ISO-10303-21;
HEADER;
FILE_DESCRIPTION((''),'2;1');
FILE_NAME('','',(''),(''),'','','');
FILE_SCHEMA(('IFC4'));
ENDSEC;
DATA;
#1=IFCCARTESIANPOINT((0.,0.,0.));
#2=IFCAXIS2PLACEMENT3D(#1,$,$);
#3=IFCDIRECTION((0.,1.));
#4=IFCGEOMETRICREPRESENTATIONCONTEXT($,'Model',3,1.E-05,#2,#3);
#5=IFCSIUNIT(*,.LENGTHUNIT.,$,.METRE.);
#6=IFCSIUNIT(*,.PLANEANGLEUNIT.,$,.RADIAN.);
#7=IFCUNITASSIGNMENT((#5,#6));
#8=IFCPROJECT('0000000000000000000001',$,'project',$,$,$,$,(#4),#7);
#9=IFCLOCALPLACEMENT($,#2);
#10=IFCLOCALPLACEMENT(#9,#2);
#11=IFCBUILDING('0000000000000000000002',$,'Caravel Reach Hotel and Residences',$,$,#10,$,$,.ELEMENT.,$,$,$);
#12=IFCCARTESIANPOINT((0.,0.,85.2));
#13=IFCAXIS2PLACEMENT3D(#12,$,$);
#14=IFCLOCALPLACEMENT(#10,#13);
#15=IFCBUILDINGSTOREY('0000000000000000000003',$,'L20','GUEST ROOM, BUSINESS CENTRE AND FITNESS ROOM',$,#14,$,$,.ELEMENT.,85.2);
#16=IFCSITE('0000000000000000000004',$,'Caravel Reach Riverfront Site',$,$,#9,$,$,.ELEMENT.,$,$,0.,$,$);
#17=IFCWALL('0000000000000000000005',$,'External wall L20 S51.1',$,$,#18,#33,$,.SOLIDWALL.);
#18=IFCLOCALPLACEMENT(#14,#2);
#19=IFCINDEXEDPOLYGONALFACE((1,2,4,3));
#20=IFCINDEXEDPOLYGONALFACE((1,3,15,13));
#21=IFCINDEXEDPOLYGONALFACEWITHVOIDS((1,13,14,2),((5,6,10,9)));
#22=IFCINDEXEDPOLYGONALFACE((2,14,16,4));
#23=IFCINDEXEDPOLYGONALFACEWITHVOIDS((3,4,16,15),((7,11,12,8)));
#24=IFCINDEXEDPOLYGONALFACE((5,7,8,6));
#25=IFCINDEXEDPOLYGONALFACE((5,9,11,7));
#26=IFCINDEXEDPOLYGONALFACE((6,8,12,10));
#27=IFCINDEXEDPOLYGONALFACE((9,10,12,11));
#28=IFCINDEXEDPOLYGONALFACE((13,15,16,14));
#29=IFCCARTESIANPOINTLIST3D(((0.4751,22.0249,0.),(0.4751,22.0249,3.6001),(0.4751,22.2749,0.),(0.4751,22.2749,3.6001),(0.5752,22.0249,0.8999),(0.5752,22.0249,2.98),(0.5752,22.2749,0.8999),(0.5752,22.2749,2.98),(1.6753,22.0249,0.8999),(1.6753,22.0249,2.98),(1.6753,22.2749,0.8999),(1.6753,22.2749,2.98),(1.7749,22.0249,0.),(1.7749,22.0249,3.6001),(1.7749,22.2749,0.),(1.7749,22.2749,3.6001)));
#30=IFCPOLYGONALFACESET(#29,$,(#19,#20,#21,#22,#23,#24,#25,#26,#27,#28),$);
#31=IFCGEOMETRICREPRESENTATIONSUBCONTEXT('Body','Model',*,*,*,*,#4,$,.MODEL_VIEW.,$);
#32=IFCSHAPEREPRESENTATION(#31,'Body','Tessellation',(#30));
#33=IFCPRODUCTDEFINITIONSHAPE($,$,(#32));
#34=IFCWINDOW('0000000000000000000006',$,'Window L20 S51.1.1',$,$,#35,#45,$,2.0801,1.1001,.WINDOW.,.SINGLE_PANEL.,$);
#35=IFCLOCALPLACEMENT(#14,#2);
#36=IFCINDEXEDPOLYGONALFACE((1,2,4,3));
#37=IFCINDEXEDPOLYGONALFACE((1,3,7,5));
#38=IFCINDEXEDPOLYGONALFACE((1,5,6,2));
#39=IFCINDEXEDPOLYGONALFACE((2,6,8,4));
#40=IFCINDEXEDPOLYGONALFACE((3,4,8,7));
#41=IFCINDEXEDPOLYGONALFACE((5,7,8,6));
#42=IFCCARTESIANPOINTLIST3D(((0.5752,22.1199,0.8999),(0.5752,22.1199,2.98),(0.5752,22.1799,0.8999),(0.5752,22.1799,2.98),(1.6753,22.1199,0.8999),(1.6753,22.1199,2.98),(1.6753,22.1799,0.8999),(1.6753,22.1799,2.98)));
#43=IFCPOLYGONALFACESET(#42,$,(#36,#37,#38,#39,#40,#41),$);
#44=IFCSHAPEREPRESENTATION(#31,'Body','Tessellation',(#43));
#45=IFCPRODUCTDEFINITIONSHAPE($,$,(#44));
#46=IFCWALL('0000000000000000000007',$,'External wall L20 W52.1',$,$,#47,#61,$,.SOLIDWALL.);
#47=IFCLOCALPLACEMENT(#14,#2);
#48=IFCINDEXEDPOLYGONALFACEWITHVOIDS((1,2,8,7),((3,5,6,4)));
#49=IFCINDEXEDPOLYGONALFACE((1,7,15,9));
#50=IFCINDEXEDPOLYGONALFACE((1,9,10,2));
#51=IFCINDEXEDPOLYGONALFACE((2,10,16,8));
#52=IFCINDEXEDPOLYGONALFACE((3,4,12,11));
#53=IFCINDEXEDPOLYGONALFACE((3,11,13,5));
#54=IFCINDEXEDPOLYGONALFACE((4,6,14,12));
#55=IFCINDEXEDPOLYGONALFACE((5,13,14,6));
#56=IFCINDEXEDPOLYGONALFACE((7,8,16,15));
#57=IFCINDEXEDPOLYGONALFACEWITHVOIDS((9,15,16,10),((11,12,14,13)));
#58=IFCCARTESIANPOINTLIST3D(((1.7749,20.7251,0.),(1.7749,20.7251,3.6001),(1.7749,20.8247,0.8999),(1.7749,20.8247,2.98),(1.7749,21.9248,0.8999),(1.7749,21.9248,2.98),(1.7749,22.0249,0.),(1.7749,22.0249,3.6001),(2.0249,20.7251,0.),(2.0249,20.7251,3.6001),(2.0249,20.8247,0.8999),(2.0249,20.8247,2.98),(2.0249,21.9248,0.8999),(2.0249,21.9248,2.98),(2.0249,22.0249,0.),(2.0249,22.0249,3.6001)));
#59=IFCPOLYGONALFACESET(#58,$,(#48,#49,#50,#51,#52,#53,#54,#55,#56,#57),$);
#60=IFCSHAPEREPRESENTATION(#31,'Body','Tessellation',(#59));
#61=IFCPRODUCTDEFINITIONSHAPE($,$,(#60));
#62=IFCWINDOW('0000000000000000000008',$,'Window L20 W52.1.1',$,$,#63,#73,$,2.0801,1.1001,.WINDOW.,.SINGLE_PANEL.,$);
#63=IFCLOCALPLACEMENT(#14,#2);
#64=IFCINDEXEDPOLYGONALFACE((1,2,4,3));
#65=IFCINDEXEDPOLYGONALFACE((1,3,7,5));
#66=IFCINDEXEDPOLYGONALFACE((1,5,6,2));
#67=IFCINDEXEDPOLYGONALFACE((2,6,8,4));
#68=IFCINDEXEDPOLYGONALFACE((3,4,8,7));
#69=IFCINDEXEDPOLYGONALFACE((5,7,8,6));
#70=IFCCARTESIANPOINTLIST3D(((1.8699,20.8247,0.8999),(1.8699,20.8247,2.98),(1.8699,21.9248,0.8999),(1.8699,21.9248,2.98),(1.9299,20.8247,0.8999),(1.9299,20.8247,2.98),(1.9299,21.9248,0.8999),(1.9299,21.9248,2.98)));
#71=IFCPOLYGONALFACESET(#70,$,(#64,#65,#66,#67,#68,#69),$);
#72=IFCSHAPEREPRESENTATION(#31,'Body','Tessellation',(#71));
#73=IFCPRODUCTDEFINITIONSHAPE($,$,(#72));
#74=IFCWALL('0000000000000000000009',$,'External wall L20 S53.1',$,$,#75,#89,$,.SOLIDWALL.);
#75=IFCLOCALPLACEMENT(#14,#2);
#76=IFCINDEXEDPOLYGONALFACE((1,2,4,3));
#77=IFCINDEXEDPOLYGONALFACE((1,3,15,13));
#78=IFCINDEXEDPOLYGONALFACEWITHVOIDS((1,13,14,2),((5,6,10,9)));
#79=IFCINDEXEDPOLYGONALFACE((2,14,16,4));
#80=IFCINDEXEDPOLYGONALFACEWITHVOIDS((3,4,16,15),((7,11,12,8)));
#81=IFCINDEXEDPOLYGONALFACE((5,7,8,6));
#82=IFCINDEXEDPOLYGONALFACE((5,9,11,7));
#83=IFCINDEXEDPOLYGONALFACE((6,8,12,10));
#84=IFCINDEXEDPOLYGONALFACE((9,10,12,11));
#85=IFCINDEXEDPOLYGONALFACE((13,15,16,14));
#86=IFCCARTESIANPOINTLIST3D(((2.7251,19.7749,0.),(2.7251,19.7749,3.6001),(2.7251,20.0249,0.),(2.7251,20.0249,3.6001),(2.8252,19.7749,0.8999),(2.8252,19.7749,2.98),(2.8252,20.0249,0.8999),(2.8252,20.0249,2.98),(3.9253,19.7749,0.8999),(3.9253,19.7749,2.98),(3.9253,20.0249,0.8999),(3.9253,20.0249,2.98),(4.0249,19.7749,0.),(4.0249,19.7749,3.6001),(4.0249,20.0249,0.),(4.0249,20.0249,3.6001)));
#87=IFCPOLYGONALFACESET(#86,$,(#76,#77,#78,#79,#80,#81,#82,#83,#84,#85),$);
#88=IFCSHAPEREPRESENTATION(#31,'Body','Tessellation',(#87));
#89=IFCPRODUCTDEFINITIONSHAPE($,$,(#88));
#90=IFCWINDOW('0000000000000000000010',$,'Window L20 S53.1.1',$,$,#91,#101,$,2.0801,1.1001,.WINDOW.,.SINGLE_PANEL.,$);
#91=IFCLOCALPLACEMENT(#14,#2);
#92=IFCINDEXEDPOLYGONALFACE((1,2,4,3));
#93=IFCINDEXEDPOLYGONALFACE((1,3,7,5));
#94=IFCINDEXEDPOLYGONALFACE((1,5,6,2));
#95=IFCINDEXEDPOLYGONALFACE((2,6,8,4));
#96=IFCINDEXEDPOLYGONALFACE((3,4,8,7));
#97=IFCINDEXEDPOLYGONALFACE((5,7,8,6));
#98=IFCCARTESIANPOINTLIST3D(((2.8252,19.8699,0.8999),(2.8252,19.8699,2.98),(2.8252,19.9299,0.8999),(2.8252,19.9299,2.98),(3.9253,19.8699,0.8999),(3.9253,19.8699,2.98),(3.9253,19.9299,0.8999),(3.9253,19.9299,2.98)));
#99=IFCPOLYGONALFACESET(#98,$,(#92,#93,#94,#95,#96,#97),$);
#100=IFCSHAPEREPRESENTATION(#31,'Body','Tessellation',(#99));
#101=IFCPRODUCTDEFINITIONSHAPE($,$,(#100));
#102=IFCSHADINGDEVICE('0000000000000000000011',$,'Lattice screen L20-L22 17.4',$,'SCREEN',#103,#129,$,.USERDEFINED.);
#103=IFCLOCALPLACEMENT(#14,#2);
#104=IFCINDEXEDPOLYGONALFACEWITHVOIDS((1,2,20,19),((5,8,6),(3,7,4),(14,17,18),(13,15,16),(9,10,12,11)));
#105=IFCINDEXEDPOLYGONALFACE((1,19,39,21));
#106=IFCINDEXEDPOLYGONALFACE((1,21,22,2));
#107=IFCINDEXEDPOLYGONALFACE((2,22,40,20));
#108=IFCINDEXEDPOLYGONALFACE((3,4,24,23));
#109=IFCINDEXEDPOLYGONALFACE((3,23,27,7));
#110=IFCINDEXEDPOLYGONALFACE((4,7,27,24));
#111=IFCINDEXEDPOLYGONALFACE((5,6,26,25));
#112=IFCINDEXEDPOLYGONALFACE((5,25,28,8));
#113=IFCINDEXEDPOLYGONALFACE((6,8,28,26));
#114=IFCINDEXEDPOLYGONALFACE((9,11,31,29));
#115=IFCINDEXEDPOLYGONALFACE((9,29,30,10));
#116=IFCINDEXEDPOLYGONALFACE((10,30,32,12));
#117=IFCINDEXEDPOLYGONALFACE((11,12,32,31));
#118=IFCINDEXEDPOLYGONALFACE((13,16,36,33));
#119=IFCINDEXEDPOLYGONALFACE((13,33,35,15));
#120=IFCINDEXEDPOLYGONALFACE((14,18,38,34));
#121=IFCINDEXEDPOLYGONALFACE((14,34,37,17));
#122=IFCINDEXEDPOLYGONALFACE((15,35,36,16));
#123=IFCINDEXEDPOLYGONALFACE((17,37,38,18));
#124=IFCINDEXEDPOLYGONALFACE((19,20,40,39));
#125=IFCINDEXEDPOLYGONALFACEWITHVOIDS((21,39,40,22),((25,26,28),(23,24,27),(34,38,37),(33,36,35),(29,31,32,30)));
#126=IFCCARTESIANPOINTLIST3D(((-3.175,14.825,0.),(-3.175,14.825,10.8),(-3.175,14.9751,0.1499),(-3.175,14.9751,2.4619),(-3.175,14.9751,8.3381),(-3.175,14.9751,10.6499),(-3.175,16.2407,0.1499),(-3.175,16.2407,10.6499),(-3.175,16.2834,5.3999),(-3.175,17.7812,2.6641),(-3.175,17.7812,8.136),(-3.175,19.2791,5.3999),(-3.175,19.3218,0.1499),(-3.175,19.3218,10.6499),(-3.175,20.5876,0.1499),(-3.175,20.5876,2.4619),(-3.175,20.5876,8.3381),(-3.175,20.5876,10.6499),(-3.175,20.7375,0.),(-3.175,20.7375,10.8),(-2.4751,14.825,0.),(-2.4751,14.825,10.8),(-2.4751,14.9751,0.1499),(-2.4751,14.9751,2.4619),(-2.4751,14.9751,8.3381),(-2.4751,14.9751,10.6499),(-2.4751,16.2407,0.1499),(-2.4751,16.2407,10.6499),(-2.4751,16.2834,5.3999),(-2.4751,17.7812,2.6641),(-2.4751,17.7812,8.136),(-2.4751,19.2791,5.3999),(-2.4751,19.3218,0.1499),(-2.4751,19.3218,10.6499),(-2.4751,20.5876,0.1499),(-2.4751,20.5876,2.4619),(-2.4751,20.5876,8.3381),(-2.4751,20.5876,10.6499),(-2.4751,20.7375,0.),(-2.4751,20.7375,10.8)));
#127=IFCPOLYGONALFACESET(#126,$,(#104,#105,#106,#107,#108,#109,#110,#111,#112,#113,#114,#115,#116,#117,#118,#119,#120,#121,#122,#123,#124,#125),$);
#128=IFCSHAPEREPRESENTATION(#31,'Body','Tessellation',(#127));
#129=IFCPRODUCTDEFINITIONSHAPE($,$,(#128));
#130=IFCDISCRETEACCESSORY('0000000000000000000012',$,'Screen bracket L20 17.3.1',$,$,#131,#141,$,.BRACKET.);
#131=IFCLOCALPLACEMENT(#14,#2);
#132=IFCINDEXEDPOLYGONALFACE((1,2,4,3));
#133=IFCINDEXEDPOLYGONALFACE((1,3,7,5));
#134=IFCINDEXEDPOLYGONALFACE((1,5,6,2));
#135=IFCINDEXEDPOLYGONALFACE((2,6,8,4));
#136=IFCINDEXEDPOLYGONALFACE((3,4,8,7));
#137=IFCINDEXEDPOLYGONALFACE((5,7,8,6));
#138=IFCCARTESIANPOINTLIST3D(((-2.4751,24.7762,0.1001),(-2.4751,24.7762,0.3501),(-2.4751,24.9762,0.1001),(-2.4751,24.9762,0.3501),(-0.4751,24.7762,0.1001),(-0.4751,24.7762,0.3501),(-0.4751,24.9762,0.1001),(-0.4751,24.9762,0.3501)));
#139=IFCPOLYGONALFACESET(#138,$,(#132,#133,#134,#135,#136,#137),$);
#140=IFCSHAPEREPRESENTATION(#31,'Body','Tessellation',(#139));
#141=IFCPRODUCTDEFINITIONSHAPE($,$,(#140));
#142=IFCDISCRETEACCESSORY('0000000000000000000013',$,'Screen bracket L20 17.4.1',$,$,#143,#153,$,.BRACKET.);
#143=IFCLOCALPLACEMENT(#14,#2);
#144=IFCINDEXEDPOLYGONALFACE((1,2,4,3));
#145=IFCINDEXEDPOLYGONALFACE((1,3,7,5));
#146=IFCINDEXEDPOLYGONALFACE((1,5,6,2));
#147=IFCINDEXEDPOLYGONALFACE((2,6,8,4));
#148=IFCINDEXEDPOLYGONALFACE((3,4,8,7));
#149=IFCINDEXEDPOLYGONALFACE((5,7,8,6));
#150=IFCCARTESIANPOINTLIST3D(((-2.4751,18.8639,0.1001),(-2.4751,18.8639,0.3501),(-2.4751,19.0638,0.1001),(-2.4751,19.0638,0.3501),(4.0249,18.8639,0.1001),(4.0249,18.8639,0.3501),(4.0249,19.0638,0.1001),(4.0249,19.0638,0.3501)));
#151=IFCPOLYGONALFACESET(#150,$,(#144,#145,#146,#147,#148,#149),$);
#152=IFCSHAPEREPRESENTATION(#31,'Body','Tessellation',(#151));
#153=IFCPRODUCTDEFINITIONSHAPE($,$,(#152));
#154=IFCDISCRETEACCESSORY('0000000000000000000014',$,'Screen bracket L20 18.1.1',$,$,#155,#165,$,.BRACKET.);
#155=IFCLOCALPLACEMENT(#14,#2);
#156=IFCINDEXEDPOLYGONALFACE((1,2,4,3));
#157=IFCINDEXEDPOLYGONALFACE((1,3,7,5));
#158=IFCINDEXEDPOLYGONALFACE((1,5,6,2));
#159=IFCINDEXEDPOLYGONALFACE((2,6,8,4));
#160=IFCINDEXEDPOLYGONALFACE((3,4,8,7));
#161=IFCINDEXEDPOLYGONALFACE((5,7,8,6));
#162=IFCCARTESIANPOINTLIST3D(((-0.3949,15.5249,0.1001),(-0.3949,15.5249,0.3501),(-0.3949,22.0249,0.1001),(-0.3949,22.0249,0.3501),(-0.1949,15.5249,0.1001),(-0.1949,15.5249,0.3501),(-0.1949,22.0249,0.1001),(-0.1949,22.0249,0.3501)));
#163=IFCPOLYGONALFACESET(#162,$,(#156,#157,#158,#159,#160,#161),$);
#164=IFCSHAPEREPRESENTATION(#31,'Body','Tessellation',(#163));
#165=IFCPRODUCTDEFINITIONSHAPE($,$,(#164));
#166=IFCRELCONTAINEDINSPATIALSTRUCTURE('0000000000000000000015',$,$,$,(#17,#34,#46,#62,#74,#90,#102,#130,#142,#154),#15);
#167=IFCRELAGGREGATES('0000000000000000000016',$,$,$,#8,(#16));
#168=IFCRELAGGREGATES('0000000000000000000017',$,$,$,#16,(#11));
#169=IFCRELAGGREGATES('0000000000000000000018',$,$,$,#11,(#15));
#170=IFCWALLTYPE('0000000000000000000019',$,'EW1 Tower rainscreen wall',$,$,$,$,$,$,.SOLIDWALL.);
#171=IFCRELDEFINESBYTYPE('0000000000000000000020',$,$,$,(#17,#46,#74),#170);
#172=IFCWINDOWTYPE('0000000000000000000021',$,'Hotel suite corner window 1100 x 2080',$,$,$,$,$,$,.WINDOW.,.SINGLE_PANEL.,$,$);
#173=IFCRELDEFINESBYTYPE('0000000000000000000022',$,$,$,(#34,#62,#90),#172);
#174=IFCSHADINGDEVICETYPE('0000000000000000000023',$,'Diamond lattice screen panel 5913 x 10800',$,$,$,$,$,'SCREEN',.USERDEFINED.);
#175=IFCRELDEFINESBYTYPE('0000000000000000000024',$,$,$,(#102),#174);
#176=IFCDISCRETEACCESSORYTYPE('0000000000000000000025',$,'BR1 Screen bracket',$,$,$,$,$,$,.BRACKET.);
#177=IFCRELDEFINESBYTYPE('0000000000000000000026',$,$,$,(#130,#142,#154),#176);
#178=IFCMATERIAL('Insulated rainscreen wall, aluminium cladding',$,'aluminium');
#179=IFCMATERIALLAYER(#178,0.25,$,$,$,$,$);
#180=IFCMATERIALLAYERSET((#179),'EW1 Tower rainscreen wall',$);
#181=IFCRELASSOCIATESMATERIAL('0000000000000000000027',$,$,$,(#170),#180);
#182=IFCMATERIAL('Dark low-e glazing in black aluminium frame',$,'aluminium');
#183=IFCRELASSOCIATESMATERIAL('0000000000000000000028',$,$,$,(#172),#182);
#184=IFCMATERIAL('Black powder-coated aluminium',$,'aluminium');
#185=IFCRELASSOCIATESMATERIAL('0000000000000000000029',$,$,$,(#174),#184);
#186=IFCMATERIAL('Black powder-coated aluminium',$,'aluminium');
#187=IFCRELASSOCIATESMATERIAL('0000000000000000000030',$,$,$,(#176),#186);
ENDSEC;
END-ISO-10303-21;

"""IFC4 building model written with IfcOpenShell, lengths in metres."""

from ifc_helpers import new_model, si_unit, direction, frame, frame_2d, origin, origin_2d, place, context, subcontext, project, spatial, polyline, rectangle, outline, extrude, material, layer, layer_set, type_object, element, fill, save


model = new_model("IFC4")

# Units and contexts
model_context = context("Model", 3, precision=1e-05, world=origin(), true_north=direction((0.0, 1.0)))
body_context = subcontext(model_context, "Body", "Model", "MODEL_VIEW")
ifc_project = project(units=[si_unit("LENGTHUNIT", "METRE"), si_unit("PLANEANGLEUNIT", "RADIAN")], contexts=[model_context])

# Site, building, storey
site_placement = place(None, origin())
site = spatial("IfcSite", under=ifc_project, at=site_placement, Name="Caravel Reach Riverfront Site", CompositionType="ELEMENT", RefElevation=0.0)
building_placement = place(site_placement, origin())
building = spatial("IfcBuilding", under=site, at=building_placement, Name="Caravel Reach Hotel and Residences", CompositionType="ELEMENT")
storey_placement = place(building_placement, frame((0.0, 0.0, 85.2)))
storey = spatial("IfcBuildingStorey", under=building, at=storey_placement, Name="L20", Description="GUEST ROOM, BUSINESS CENTRE AND FITNESS ROOM", CompositionType="ELEMENT", Elevation=85.2)

# Walls, openings, windows
ifc_material_1 = material(Name="Insulated rainscreen wall, aluminium cladding", Category="aluminium")
ifc_layer = layer(ifc_material_1, 0.25)
ifc_layer_set = layer_set([ifc_layer], Name="EW1 Tower rainscreen wall")
wall_type = type_object("IfcWallType", Name="EW1 Tower rainscreen wall", PredefinedType="SOLIDWALL", material=ifc_layer_set)
wall_1_placement = place(storey_placement, frame((0.4751, 22.1499, 0.0), z_axis=(0.0, 0.0, 1.0), x_axis=(1.0, 0.0, 0.0)))
wall_1 = element("IfcWall", 1, at=wall_1_placement, inside=storey, type_object=wall_type, Name="External wall L20 S51.1", PredefinedType="SOLIDWALL", context=body_context, shape_type="SweptSolid", body=[
    extrude(rectangle(XDim=1.2998, YDim=0.25, at=frame_2d((0.6499, 0.0))), origin(), (0.0, 0.0, 1.0), 3.6001),
])
opening_1_placement = place(wall_1_placement, frame((0.1001, 0.0, 0.8999)))
opening_1 = element("IfcOpeningElement", 2, at=opening_1_placement, cuts=wall_1, PredefinedType="OPENING", context=body_context, shape_type="SweptSolid", body=[
    extrude(rectangle(XDim=1.1001, YDim=2.0801, at=frame_2d((0.55, 1.04))), frame((0.0, 0.135, 0.0), z_axis=(0.0, -1.0, 0.0), x_axis=(1.0, 0.0, 0.0)), (0.0, 0.0, 1.0), 0.27),
])
ifc_material_2 = material(Name="Dark low-e glazing in black aluminium frame", Category="aluminium")
window_type = type_object("IfcWindowType", Name="Hotel suite corner window 1100 x 2080", PartitioningType="SINGLE_PANEL", PredefinedType="WINDOW", material=ifc_material_2)
window_1_placement = place(opening_1_placement, origin())
window_1 = element("IfcWindow", 3, at=window_1_placement, inside=storey, type_object=window_type, Name="Window L20 S51.1.1", OverallHeight=2.0801, OverallWidth=1.1001, PartitioningType="SINGLE_PANEL", PredefinedType="WINDOW", context=body_context, shape_type="SweptSolid", body=[
    extrude(rectangle(XDim=1.1001, YDim=2.0801, at=frame_2d((0.55, 1.04))), frame((0.0, 0.03, 0.0), z_axis=(0.0, -1.0, 0.0), x_axis=(1.0, 0.0, 0.0)), (0.0, 0.0, 1.0), 0.0601),
])
fill(opening_1, window_1)
wall_2_placement = place(storey_placement, frame((1.8999, 22.0249, 0.0), z_axis=(0.0, 0.0, 1.0), x_axis=(0.0, -1.0, 0.0)))
wall_2 = element("IfcWall", 4, at=wall_2_placement, inside=storey, type_object=wall_type, Name="External wall L20 W52.1", PredefinedType="SOLIDWALL", context=body_context, shape_type="SweptSolid", body=[
    extrude(rectangle(XDim=1.2998, YDim=0.25, at=frame_2d((0.6499, 0.0))), origin(), (0.0, 0.0, 1.0), 3.6001),
])
opening_2_placement = place(wall_2_placement, frame((0.1001, 0.0, 0.8999)))
opening_2 = element("IfcOpeningElement", 5, at=opening_2_placement, cuts=wall_2, PredefinedType="OPENING", context=body_context, shape_type="SweptSolid", body=[
    extrude(rectangle(XDim=1.1001, YDim=2.0801, at=frame_2d((0.55, 1.04))), frame((0.0, 0.135, 0.0), z_axis=(0.0, -1.0, 0.0), x_axis=(1.0, 0.0, 0.0)), (0.0, 0.0, 1.0), 0.27),
])
window_2_placement = place(opening_2_placement, origin())
window_2 = element("IfcWindow", 6, at=window_2_placement, inside=storey, type_object=window_type, Name="Window L20 W52.1.1", OverallHeight=2.0801, OverallWidth=1.1001, PartitioningType="SINGLE_PANEL", PredefinedType="WINDOW", context=body_context, shape_type="SweptSolid", body=[
    extrude(rectangle(XDim=1.1001, YDim=2.0801, at=frame_2d((0.55, 1.04))), frame((0.0, 0.03, 0.0), z_axis=(0.0, -1.0, 0.0), x_axis=(1.0, 0.0, 0.0)), (0.0, 0.0, 1.0), 0.0601),
])
fill(opening_2, window_2)
wall_3_placement = place(storey_placement, frame((2.7251, 19.8999, 0.0), z_axis=(0.0, 0.0, 1.0), x_axis=(1.0, 0.0, 0.0)))
wall_3 = element("IfcWall", 7, at=wall_3_placement, inside=storey, type_object=wall_type, Name="External wall L20 S53.1", PredefinedType="SOLIDWALL", context=body_context, shape_type="SweptSolid", body=[
    extrude(rectangle(XDim=1.2998, YDim=0.25, at=frame_2d((0.6499, 0.0))), origin(), (0.0, 0.0, 1.0), 3.6001),
])
opening_3_placement = place(wall_3_placement, frame((0.1001, 0.0, 0.8999)))
opening_3 = element("IfcOpeningElement", 8, at=opening_3_placement, cuts=wall_3, PredefinedType="OPENING", context=body_context, shape_type="SweptSolid", body=[
    extrude(rectangle(XDim=1.1001, YDim=2.0801, at=frame_2d((0.55, 1.04))), frame((0.0, 0.135, 0.0), z_axis=(0.0, -1.0, 0.0), x_axis=(1.0, 0.0, 0.0)), (0.0, 0.0, 1.0), 0.27),
])
window_3_placement = place(opening_3_placement, origin())
window_3 = element("IfcWindow", 9, at=window_3_placement, inside=storey, type_object=window_type, Name="Window L20 S53.1.1", OverallHeight=2.0801, OverallWidth=1.1001, PartitioningType="SINGLE_PANEL", PredefinedType="WINDOW", context=body_context, shape_type="SweptSolid", body=[
    extrude(rectangle(XDim=1.1001, YDim=2.0801, at=frame_2d((0.55, 1.04))), frame((0.0, 0.03, 0.0), z_axis=(0.0, -1.0, 0.0), x_axis=(1.0, 0.0, 0.0)), (0.0, 0.0, 1.0), 0.0601),
])
fill(opening_3, window_3)

# Shading device
ifc_material_3 = material(Name="Black powder-coated aluminium", Category="aluminium")
shading_device_type = type_object("IfcShadingDeviceType", Name="Diamond lattice screen panel 5913 x 10800", ElementType="SCREEN", PredefinedType="USERDEFINED", material=ifc_material_3)
shading_device_placement = place(storey_placement, frame((-2.4751, 20.7375, 0.0), z_axis=(-1.0, 0.0, 0.0), x_axis=(0.0, -1.0, 0.0)))
element("IfcShadingDevice", 10, at=shading_device_placement, inside=storey, type_object=shading_device_type, Name="Lattice screen L20-L22 17.4", ObjectType="SCREEN", PredefinedType="USERDEFINED", context=body_context, shape_type="SweptSolid", body=[
    extrude(outline(polyline([(0.0, 0.0), (5.9126, 0.0), (5.9126, 10.8), (0.0, 10.8), (0.0, 0.0)]), holes=[polyline([(1.4158, 0.1499), (0.1499, 2.4619), (0.1499, 0.1499), (1.4158, 0.1499)]), polyline([(0.1499, 8.3381), (1.4158, 10.6499), (0.1499, 10.6499), (0.1499, 8.3381)]), polyline([(2.9563, 8.136), (1.4585, 5.3999), (2.9563, 2.6641), (4.4541, 5.3999), (2.9563, 8.136)]), polyline([(5.7625, 2.4619), (4.4968, 0.1499), (5.7625, 0.1499), (5.7625, 2.4619)]), polyline([(4.4968, 10.6499), (5.7625, 8.3381), (5.7625, 10.6499), (4.4968, 10.6499)])]), origin(), (0.0, 0.0, 1.0), 0.7),
])

# Discrete accessories
ifc_material_4 = material(Name="Black powder-coated aluminium", Category="aluminium")
discrete_accessory_type = type_object("IfcDiscreteAccessoryType", Name="BR1 Screen bracket", PredefinedType="BRACKET", material=ifc_material_4)
discrete_accessory_placement = place(storey_placement, frame((-1.4751, 24.8762, 0.1001), z_axis=(0.0, 0.0, 1.0), x_axis=(-1.0, 0.0, 0.0)))
element("IfcDiscreteAccessory", 11, at=discrete_accessory_placement, inside=storey, type_object=discrete_accessory_type, Name="Screen bracket L20 17.3.1", PredefinedType="BRACKET", context=body_context, shape_type="SweptSolid", body=[
    extrude(rectangle(XDim=2.0, YDim=0.2, at=origin_2d()), origin(), (0.0, 0.0, 1.0), 0.25),
])
for number, where, z_axis, x_axis, name in (
    (12, (0.7749, 18.9639, 0.1001), (0.0, 0.0, 1.0), (-1.0, 0.0, 0.0), "Screen bracket L20 17.4.1"),
    (13, (-0.2949, 18.7749, 0.1001), (0.0, 0.0, 1.0), (0.0, -1.0, 0.0), "Screen bracket L20 18.1.1"),
):
    element("IfcDiscreteAccessory", number, at=place(storey_placement, frame(where, z_axis=z_axis, x_axis=x_axis)), inside=storey, type_object=discrete_accessory_type, Name=name, PredefinedType="BRACKET", context=body_context, shape_type="SweptSolid", body=[
        extrude(rectangle(XDim=6.5, YDim=0.2, at=origin_2d()), origin(), (0.0, 0.0, 1.0), 0.25),
    ])

save(model, "model.ifc")
